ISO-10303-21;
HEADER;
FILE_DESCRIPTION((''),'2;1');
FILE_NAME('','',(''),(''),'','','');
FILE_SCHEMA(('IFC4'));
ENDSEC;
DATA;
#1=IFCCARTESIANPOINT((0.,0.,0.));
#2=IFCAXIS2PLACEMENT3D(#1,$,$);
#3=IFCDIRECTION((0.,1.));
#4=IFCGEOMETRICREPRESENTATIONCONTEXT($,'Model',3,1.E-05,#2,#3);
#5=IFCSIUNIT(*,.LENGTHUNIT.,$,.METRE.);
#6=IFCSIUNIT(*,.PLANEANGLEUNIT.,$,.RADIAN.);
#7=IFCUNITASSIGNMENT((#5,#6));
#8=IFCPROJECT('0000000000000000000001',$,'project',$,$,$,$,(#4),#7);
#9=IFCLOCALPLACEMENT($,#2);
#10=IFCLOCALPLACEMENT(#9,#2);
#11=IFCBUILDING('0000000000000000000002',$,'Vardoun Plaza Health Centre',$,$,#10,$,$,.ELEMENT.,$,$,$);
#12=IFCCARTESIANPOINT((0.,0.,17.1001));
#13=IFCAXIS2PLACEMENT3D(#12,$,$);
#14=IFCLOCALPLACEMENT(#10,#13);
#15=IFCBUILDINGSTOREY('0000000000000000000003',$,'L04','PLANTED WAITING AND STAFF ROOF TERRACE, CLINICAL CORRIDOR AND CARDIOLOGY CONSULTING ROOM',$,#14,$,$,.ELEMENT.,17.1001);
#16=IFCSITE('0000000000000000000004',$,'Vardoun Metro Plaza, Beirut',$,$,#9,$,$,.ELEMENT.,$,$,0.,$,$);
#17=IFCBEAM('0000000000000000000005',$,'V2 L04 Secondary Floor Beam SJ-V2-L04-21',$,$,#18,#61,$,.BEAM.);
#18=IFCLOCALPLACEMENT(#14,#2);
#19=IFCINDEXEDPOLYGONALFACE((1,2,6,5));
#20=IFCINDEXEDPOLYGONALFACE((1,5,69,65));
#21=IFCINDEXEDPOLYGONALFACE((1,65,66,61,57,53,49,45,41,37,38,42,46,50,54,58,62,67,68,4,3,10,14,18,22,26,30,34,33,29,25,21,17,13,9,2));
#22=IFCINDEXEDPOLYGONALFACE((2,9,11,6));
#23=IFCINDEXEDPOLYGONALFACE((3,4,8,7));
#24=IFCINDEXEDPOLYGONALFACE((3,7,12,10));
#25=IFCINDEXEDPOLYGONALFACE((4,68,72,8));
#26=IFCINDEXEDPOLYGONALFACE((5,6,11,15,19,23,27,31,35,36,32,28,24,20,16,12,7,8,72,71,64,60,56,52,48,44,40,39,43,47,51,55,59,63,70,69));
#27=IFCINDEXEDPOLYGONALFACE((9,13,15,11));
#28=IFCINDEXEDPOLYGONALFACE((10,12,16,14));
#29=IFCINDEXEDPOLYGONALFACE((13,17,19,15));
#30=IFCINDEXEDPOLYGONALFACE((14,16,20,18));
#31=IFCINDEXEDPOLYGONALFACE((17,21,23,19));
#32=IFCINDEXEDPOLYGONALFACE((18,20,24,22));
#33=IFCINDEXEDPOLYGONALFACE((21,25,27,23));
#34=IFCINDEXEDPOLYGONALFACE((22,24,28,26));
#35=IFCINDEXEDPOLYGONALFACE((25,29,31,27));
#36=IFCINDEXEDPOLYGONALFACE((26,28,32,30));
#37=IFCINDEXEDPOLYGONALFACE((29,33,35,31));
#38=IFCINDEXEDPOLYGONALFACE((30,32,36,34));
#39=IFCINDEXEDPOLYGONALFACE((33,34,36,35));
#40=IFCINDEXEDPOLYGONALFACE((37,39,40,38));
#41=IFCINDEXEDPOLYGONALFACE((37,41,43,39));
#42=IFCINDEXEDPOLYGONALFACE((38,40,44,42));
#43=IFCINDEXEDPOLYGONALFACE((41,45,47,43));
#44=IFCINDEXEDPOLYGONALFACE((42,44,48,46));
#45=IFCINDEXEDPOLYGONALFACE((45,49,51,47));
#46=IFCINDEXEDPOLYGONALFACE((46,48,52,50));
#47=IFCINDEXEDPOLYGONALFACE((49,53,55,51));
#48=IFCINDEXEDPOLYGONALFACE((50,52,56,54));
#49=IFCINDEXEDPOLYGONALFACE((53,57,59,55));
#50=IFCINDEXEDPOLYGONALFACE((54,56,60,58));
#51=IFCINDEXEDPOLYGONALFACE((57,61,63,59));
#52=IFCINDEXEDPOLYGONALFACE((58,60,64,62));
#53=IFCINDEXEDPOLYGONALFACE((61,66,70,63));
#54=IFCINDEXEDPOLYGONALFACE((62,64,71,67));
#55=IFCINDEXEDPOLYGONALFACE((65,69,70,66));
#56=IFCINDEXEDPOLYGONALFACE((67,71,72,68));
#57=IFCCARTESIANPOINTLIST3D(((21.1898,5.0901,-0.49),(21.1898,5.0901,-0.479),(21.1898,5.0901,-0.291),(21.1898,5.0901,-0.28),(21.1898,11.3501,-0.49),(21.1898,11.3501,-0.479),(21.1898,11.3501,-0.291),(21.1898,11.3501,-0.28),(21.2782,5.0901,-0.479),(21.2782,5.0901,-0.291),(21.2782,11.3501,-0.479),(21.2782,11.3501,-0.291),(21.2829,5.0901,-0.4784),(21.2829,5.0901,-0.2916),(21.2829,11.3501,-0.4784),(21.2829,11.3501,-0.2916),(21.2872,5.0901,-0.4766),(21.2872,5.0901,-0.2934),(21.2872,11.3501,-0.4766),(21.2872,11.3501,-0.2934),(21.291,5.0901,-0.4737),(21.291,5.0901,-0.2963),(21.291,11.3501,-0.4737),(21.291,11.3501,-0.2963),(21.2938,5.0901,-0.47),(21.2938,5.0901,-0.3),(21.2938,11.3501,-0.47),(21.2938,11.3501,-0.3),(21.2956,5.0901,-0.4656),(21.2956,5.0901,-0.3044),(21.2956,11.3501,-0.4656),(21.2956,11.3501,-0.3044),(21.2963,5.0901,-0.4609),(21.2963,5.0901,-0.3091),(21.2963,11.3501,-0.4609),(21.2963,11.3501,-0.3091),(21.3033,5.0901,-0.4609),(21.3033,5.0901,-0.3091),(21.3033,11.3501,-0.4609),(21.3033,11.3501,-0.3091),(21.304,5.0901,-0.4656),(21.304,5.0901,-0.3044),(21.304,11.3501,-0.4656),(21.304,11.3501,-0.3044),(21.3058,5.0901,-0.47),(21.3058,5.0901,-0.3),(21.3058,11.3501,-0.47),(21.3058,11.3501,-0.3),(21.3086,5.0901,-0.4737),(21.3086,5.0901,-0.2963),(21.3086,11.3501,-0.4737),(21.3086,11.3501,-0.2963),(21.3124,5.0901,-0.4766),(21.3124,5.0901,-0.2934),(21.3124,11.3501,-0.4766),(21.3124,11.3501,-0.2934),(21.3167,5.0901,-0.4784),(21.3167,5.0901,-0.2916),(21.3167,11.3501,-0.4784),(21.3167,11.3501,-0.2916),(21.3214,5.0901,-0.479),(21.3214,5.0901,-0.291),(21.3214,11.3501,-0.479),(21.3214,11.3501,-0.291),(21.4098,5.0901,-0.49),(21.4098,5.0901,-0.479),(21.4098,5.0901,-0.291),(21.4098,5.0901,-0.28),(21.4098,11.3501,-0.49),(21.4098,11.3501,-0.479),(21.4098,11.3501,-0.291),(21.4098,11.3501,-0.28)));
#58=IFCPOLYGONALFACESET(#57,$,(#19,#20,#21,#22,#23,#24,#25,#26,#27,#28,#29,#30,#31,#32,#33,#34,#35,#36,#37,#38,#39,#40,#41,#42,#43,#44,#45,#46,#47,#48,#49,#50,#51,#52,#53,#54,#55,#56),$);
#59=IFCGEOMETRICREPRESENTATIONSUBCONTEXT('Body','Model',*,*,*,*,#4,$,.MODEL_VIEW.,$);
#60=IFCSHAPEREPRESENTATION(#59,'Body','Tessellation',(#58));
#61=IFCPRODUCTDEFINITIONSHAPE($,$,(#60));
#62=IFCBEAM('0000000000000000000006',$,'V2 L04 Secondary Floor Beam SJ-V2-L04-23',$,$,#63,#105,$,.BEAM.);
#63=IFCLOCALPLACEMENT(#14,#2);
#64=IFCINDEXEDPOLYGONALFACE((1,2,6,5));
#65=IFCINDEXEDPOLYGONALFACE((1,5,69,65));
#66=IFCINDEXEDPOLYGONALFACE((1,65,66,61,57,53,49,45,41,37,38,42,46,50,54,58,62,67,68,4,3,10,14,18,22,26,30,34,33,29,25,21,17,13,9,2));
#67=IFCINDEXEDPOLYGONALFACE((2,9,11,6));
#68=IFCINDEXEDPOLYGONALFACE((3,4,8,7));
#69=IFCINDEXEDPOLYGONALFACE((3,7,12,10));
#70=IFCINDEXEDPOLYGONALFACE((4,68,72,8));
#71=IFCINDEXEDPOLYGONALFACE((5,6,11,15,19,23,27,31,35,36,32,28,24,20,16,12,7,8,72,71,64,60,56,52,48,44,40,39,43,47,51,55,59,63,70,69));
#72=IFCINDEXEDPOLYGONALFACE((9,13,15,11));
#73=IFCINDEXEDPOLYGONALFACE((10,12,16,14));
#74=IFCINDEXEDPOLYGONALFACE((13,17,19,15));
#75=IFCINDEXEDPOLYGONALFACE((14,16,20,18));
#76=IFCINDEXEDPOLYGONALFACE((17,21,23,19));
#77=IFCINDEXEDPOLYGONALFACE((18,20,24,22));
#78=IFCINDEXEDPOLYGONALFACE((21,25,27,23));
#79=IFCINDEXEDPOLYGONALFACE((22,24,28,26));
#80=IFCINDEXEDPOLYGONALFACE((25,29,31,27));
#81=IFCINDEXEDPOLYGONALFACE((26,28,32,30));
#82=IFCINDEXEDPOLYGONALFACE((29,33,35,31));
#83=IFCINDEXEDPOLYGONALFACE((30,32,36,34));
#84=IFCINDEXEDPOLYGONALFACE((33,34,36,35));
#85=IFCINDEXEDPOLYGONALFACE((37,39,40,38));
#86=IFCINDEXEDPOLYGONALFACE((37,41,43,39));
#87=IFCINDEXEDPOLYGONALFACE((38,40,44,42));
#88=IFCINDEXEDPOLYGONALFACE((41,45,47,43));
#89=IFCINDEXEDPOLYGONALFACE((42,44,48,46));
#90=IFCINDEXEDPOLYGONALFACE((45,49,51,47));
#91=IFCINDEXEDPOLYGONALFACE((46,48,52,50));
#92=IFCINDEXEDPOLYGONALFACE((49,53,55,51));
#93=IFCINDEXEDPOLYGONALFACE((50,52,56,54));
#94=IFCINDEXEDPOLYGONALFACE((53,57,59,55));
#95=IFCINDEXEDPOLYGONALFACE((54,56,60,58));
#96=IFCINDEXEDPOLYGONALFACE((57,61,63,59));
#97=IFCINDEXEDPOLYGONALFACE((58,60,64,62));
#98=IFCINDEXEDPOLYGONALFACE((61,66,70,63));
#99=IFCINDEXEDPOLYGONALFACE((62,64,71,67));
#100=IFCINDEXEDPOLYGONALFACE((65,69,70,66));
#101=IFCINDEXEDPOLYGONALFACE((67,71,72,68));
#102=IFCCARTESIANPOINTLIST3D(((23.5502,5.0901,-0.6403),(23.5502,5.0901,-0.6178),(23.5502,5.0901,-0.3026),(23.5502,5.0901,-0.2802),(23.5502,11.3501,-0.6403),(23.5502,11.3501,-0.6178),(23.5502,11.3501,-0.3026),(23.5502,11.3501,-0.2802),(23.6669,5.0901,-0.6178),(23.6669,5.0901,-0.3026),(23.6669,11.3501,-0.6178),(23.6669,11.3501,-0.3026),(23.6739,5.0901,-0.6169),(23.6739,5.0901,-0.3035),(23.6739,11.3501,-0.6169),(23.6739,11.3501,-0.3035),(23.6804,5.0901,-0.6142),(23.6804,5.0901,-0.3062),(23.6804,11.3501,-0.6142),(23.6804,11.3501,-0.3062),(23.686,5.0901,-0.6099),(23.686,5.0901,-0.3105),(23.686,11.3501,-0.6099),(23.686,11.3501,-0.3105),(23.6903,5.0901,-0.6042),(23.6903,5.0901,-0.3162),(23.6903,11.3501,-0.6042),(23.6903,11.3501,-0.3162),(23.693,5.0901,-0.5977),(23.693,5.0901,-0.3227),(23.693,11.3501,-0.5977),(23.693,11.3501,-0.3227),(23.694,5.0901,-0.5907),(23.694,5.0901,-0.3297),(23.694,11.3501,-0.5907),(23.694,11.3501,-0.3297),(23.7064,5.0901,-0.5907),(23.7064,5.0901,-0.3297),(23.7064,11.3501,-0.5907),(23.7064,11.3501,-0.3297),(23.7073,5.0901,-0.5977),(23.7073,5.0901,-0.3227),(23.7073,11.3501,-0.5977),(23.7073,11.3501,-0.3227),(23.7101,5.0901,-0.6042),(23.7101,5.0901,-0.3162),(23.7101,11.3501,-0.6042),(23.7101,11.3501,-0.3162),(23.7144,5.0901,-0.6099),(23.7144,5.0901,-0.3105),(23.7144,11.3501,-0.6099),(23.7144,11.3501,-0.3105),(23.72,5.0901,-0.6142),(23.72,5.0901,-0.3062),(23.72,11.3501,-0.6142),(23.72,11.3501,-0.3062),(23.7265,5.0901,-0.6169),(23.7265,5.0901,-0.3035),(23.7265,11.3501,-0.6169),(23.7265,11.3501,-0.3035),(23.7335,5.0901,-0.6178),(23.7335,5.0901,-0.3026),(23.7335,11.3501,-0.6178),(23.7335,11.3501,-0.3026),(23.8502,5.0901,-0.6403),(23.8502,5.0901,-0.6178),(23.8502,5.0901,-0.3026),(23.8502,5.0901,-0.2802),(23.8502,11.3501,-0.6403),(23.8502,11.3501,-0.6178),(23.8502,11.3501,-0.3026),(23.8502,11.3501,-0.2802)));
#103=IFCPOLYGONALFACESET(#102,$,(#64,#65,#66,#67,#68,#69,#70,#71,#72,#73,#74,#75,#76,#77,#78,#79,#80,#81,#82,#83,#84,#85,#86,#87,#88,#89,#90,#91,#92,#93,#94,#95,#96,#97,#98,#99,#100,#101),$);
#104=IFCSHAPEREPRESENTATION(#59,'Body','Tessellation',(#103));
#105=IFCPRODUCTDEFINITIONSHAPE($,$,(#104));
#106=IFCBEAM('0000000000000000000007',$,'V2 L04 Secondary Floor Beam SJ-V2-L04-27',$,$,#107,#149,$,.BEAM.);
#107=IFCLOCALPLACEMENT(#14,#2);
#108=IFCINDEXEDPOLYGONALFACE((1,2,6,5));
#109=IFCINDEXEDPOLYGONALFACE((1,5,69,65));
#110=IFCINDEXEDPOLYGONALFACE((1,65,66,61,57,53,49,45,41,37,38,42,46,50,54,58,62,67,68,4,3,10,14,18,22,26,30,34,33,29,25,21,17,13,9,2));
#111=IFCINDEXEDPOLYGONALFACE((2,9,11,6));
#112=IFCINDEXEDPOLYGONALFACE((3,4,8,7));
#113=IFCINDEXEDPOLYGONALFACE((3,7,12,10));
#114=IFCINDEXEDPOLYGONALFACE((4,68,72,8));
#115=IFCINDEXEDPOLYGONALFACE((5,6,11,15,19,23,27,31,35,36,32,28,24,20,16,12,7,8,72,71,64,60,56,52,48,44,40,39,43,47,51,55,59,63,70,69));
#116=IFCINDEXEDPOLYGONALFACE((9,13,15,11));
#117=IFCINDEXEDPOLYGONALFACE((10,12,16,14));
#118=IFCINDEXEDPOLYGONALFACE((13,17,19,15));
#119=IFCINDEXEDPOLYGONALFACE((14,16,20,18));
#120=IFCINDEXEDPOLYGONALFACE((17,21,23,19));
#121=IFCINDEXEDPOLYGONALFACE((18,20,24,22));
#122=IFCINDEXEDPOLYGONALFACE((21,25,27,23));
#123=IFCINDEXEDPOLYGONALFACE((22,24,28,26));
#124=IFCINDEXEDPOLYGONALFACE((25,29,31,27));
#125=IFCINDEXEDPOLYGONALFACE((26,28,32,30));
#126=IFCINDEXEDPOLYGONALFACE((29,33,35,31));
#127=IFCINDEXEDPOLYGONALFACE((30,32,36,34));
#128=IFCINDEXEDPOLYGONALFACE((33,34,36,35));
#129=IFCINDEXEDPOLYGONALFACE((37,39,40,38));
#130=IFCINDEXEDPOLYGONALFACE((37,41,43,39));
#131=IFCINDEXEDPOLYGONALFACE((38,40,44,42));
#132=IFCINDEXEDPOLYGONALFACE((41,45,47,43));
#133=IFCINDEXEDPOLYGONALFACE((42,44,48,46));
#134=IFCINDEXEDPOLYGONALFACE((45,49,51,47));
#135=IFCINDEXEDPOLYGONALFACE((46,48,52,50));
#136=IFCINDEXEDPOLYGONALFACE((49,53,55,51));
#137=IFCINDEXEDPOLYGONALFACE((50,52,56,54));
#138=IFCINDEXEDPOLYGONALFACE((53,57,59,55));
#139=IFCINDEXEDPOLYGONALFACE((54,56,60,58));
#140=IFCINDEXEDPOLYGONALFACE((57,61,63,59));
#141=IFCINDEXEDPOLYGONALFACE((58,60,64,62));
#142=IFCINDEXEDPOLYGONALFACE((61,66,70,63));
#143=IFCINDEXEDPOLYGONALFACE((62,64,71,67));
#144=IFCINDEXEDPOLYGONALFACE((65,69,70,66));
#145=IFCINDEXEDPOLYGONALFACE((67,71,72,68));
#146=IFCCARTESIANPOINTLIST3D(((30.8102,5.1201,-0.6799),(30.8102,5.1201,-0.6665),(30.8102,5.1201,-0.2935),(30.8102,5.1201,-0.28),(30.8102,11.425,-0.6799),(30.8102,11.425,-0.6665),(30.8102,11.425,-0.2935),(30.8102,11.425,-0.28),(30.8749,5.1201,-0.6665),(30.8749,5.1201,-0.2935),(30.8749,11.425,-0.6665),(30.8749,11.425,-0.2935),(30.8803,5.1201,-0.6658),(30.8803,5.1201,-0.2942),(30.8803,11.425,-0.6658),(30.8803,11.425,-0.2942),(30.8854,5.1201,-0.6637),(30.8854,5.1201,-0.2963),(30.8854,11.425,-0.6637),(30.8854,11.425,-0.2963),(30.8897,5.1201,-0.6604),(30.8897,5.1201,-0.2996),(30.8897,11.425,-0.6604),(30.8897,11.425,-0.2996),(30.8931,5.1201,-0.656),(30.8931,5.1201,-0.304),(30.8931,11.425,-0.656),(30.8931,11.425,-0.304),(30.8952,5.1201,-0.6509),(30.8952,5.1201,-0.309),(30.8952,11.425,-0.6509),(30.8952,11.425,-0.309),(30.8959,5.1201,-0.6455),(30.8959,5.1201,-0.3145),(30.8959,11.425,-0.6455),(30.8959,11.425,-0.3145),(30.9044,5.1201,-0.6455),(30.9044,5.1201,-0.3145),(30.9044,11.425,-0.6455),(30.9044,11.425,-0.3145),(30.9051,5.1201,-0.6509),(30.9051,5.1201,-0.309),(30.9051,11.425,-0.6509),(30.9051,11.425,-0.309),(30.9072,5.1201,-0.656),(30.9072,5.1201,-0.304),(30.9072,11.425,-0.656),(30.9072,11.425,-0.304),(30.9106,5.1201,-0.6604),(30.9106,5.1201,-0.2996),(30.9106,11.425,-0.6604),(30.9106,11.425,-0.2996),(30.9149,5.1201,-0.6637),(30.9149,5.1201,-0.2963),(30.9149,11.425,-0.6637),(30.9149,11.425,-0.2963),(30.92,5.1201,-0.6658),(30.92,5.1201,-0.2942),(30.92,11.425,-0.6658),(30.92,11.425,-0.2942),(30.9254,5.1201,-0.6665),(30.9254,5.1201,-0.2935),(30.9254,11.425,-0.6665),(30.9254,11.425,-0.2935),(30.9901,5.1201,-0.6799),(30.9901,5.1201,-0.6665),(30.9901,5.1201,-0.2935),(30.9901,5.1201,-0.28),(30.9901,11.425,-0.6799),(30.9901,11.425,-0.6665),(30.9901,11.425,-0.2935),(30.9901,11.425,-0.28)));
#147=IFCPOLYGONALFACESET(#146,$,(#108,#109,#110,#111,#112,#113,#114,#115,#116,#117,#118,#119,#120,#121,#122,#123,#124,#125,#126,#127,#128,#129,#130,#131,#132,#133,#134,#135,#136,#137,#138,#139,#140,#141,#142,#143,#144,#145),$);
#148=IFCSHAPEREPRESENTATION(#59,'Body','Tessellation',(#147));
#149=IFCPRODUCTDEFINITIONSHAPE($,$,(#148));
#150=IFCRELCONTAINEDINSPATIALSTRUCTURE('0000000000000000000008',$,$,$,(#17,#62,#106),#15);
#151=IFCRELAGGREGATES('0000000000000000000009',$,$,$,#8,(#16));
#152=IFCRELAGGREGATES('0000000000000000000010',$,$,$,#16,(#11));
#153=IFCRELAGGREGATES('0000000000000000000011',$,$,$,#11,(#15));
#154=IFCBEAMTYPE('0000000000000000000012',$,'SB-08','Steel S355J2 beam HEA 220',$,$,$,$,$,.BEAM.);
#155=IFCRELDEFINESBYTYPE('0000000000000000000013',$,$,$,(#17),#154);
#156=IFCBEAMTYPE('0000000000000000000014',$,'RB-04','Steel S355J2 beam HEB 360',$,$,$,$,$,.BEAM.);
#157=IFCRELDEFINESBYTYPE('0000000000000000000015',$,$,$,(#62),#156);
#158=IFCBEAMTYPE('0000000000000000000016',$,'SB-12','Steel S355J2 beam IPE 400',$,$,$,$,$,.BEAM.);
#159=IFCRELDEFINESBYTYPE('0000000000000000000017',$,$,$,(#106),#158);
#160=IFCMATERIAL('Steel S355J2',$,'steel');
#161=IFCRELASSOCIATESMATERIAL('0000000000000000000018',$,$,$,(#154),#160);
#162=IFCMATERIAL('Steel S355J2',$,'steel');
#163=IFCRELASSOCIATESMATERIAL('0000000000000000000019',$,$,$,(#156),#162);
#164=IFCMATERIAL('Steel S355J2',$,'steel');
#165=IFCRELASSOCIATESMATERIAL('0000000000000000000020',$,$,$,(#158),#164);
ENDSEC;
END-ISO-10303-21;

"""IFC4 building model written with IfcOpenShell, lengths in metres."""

from ifc_helpers import new_model, si_unit, direction, frame, origin, origin_2d, place, context, subcontext, project, spatial, i_section, extrude, material, material_profile, profile_set, type_object, element, save


model = new_model("IFC4")

# Units and contexts
model_context = context("Model", 3, precision=1e-05, world=origin(), true_north=direction((0.0, 1.0)))
body_context = subcontext(model_context, "Body", "Model", "MODEL_VIEW")
ifc_project = project(units=[si_unit("LENGTHUNIT", "METRE"), si_unit("PLANEANGLEUNIT", "RADIAN")], contexts=[model_context])

# Site, building, storey
site_placement = place(None, origin())
site = spatial("IfcSite", under=ifc_project, at=site_placement, Name="Vardoun Metro Plaza, Beirut", CompositionType="ELEMENT", RefElevation=0.0)
building_placement = place(site_placement, origin())
building = spatial("IfcBuilding", under=site, at=building_placement, Name="Vardoun Plaza Health Centre", CompositionType="ELEMENT")
storey_placement = place(building_placement, frame((0.0, 0.0, 17.1001)))
storey = spatial("IfcBuildingStorey", under=building, at=storey_placement, Name="L04", Description="PLANTED WAITING AND STAFF ROOF TERRACE, CLINICAL CORRIDOR AND CARDIOLOGY CONSULTING ROOM", CompositionType="ELEMENT", Elevation=17.1001)

# Beams
ifc_material_1 = material(Name="Steel S355J2", Category="steel")
ifc_material_profile_1 = material_profile(ifc_material_1, i_section(OverallWidth=0.22, OverallDepth=0.21, WebThickness=0.0071, FlangeThickness=0.011, FilletRadius=0.0181, at=origin_2d()), Name="HEA 220")
ifc_profile_set_1 = profile_set([ifc_material_profile_1], Name="Steel S355J2")
beam_type_1 = type_object("IfcBeamType", Name="SB-08", Description="Steel S355J2 beam HEA 220", PredefinedType="BEAM", material=ifc_profile_set_1)
beam_1_placement = place(storey_placement, frame((21.2998, 5.0901, -0.385), z_axis=(0.0, 1.0, 0.0), x_axis=(-1.0, 0.0, 0.0)))
element("IfcBeam", 1, at=beam_1_placement, inside=storey, type_object=beam_type_1, Name="V2 L04 Secondary Floor Beam SJ-V2-L04-21", PredefinedType="BEAM", context=body_context, shape_type="SweptSolid", body=[
    extrude(i_section(OverallWidth=0.22, OverallDepth=0.21, WebThickness=0.0071, FlangeThickness=0.011, FilletRadius=0.0181, at=origin_2d()), origin(), (0.0, 0.0, 1.0), 6.26),
])
ifc_material_2 = material(Name="Steel S355J2", Category="steel")
ifc_material_profile_2 = material_profile(ifc_material_2, i_section(OverallWidth=0.3, OverallDepth=0.3601, WebThickness=0.0125, FlangeThickness=0.0225, FilletRadius=0.0271, at=origin_2d()), Name="HEB 360")
ifc_profile_set_2 = profile_set([ifc_material_profile_2], Name="Steel S355J2")
beam_type_2 = type_object("IfcBeamType", Name="RB-04", Description="Steel S355J2 beam HEB 360", PredefinedType="BEAM", material=ifc_profile_set_2)
beam_2_placement = place(storey_placement, frame((23.7002, 5.0901, -0.4602), z_axis=(0.0, 1.0, 0.0), x_axis=(-1.0, 0.0, 0.0)))
element("IfcBeam", 2, at=beam_2_placement, inside=storey, type_object=beam_type_2, Name="V2 L04 Secondary Floor Beam SJ-V2-L04-23", PredefinedType="BEAM", context=body_context, shape_type="SweptSolid", body=[
    extrude(i_section(OverallWidth=0.3, OverallDepth=0.3601, WebThickness=0.0125, FlangeThickness=0.0225, FilletRadius=0.0271, at=origin_2d()), origin(), (0.0, 0.0, 1.0), 6.26),
])
ifc_material_3 = material(Name="Steel S355J2", Category="steel")
ifc_material_profile_3 = material_profile(ifc_material_3, i_section(OverallWidth=0.1799, OverallDepth=0.3999, WebThickness=0.0085, FlangeThickness=0.0134, FilletRadius=0.021, at=origin_2d()), Name="IPE 400")
ifc_profile_set_3 = profile_set([ifc_material_profile_3], Name="Steel S355J2")
beam_type_3 = type_object("IfcBeamType", Name="SB-12", Description="Steel S355J2 beam IPE 400", PredefinedType="BEAM", material=ifc_profile_set_3)
beam_3_placement = place(storey_placement, frame((30.9001, 5.1201, -0.48), z_axis=(0.0, 1.0, 0.0), x_axis=(-1.0, 0.0, 0.0)))
element("IfcBeam", 3, at=beam_3_placement, inside=storey, type_object=beam_type_3, Name="V2 L04 Secondary Floor Beam SJ-V2-L04-27", PredefinedType="BEAM", context=body_context, shape_type="SweptSolid", body=[
    extrude(i_section(OverallWidth=0.1799, OverallDepth=0.3999, WebThickness=0.0085, FlangeThickness=0.0134, FilletRadius=0.021, at=origin_2d()), origin(), (0.0, 0.0, 1.0), 6.3049),
])

save(model, "model.ifc")
